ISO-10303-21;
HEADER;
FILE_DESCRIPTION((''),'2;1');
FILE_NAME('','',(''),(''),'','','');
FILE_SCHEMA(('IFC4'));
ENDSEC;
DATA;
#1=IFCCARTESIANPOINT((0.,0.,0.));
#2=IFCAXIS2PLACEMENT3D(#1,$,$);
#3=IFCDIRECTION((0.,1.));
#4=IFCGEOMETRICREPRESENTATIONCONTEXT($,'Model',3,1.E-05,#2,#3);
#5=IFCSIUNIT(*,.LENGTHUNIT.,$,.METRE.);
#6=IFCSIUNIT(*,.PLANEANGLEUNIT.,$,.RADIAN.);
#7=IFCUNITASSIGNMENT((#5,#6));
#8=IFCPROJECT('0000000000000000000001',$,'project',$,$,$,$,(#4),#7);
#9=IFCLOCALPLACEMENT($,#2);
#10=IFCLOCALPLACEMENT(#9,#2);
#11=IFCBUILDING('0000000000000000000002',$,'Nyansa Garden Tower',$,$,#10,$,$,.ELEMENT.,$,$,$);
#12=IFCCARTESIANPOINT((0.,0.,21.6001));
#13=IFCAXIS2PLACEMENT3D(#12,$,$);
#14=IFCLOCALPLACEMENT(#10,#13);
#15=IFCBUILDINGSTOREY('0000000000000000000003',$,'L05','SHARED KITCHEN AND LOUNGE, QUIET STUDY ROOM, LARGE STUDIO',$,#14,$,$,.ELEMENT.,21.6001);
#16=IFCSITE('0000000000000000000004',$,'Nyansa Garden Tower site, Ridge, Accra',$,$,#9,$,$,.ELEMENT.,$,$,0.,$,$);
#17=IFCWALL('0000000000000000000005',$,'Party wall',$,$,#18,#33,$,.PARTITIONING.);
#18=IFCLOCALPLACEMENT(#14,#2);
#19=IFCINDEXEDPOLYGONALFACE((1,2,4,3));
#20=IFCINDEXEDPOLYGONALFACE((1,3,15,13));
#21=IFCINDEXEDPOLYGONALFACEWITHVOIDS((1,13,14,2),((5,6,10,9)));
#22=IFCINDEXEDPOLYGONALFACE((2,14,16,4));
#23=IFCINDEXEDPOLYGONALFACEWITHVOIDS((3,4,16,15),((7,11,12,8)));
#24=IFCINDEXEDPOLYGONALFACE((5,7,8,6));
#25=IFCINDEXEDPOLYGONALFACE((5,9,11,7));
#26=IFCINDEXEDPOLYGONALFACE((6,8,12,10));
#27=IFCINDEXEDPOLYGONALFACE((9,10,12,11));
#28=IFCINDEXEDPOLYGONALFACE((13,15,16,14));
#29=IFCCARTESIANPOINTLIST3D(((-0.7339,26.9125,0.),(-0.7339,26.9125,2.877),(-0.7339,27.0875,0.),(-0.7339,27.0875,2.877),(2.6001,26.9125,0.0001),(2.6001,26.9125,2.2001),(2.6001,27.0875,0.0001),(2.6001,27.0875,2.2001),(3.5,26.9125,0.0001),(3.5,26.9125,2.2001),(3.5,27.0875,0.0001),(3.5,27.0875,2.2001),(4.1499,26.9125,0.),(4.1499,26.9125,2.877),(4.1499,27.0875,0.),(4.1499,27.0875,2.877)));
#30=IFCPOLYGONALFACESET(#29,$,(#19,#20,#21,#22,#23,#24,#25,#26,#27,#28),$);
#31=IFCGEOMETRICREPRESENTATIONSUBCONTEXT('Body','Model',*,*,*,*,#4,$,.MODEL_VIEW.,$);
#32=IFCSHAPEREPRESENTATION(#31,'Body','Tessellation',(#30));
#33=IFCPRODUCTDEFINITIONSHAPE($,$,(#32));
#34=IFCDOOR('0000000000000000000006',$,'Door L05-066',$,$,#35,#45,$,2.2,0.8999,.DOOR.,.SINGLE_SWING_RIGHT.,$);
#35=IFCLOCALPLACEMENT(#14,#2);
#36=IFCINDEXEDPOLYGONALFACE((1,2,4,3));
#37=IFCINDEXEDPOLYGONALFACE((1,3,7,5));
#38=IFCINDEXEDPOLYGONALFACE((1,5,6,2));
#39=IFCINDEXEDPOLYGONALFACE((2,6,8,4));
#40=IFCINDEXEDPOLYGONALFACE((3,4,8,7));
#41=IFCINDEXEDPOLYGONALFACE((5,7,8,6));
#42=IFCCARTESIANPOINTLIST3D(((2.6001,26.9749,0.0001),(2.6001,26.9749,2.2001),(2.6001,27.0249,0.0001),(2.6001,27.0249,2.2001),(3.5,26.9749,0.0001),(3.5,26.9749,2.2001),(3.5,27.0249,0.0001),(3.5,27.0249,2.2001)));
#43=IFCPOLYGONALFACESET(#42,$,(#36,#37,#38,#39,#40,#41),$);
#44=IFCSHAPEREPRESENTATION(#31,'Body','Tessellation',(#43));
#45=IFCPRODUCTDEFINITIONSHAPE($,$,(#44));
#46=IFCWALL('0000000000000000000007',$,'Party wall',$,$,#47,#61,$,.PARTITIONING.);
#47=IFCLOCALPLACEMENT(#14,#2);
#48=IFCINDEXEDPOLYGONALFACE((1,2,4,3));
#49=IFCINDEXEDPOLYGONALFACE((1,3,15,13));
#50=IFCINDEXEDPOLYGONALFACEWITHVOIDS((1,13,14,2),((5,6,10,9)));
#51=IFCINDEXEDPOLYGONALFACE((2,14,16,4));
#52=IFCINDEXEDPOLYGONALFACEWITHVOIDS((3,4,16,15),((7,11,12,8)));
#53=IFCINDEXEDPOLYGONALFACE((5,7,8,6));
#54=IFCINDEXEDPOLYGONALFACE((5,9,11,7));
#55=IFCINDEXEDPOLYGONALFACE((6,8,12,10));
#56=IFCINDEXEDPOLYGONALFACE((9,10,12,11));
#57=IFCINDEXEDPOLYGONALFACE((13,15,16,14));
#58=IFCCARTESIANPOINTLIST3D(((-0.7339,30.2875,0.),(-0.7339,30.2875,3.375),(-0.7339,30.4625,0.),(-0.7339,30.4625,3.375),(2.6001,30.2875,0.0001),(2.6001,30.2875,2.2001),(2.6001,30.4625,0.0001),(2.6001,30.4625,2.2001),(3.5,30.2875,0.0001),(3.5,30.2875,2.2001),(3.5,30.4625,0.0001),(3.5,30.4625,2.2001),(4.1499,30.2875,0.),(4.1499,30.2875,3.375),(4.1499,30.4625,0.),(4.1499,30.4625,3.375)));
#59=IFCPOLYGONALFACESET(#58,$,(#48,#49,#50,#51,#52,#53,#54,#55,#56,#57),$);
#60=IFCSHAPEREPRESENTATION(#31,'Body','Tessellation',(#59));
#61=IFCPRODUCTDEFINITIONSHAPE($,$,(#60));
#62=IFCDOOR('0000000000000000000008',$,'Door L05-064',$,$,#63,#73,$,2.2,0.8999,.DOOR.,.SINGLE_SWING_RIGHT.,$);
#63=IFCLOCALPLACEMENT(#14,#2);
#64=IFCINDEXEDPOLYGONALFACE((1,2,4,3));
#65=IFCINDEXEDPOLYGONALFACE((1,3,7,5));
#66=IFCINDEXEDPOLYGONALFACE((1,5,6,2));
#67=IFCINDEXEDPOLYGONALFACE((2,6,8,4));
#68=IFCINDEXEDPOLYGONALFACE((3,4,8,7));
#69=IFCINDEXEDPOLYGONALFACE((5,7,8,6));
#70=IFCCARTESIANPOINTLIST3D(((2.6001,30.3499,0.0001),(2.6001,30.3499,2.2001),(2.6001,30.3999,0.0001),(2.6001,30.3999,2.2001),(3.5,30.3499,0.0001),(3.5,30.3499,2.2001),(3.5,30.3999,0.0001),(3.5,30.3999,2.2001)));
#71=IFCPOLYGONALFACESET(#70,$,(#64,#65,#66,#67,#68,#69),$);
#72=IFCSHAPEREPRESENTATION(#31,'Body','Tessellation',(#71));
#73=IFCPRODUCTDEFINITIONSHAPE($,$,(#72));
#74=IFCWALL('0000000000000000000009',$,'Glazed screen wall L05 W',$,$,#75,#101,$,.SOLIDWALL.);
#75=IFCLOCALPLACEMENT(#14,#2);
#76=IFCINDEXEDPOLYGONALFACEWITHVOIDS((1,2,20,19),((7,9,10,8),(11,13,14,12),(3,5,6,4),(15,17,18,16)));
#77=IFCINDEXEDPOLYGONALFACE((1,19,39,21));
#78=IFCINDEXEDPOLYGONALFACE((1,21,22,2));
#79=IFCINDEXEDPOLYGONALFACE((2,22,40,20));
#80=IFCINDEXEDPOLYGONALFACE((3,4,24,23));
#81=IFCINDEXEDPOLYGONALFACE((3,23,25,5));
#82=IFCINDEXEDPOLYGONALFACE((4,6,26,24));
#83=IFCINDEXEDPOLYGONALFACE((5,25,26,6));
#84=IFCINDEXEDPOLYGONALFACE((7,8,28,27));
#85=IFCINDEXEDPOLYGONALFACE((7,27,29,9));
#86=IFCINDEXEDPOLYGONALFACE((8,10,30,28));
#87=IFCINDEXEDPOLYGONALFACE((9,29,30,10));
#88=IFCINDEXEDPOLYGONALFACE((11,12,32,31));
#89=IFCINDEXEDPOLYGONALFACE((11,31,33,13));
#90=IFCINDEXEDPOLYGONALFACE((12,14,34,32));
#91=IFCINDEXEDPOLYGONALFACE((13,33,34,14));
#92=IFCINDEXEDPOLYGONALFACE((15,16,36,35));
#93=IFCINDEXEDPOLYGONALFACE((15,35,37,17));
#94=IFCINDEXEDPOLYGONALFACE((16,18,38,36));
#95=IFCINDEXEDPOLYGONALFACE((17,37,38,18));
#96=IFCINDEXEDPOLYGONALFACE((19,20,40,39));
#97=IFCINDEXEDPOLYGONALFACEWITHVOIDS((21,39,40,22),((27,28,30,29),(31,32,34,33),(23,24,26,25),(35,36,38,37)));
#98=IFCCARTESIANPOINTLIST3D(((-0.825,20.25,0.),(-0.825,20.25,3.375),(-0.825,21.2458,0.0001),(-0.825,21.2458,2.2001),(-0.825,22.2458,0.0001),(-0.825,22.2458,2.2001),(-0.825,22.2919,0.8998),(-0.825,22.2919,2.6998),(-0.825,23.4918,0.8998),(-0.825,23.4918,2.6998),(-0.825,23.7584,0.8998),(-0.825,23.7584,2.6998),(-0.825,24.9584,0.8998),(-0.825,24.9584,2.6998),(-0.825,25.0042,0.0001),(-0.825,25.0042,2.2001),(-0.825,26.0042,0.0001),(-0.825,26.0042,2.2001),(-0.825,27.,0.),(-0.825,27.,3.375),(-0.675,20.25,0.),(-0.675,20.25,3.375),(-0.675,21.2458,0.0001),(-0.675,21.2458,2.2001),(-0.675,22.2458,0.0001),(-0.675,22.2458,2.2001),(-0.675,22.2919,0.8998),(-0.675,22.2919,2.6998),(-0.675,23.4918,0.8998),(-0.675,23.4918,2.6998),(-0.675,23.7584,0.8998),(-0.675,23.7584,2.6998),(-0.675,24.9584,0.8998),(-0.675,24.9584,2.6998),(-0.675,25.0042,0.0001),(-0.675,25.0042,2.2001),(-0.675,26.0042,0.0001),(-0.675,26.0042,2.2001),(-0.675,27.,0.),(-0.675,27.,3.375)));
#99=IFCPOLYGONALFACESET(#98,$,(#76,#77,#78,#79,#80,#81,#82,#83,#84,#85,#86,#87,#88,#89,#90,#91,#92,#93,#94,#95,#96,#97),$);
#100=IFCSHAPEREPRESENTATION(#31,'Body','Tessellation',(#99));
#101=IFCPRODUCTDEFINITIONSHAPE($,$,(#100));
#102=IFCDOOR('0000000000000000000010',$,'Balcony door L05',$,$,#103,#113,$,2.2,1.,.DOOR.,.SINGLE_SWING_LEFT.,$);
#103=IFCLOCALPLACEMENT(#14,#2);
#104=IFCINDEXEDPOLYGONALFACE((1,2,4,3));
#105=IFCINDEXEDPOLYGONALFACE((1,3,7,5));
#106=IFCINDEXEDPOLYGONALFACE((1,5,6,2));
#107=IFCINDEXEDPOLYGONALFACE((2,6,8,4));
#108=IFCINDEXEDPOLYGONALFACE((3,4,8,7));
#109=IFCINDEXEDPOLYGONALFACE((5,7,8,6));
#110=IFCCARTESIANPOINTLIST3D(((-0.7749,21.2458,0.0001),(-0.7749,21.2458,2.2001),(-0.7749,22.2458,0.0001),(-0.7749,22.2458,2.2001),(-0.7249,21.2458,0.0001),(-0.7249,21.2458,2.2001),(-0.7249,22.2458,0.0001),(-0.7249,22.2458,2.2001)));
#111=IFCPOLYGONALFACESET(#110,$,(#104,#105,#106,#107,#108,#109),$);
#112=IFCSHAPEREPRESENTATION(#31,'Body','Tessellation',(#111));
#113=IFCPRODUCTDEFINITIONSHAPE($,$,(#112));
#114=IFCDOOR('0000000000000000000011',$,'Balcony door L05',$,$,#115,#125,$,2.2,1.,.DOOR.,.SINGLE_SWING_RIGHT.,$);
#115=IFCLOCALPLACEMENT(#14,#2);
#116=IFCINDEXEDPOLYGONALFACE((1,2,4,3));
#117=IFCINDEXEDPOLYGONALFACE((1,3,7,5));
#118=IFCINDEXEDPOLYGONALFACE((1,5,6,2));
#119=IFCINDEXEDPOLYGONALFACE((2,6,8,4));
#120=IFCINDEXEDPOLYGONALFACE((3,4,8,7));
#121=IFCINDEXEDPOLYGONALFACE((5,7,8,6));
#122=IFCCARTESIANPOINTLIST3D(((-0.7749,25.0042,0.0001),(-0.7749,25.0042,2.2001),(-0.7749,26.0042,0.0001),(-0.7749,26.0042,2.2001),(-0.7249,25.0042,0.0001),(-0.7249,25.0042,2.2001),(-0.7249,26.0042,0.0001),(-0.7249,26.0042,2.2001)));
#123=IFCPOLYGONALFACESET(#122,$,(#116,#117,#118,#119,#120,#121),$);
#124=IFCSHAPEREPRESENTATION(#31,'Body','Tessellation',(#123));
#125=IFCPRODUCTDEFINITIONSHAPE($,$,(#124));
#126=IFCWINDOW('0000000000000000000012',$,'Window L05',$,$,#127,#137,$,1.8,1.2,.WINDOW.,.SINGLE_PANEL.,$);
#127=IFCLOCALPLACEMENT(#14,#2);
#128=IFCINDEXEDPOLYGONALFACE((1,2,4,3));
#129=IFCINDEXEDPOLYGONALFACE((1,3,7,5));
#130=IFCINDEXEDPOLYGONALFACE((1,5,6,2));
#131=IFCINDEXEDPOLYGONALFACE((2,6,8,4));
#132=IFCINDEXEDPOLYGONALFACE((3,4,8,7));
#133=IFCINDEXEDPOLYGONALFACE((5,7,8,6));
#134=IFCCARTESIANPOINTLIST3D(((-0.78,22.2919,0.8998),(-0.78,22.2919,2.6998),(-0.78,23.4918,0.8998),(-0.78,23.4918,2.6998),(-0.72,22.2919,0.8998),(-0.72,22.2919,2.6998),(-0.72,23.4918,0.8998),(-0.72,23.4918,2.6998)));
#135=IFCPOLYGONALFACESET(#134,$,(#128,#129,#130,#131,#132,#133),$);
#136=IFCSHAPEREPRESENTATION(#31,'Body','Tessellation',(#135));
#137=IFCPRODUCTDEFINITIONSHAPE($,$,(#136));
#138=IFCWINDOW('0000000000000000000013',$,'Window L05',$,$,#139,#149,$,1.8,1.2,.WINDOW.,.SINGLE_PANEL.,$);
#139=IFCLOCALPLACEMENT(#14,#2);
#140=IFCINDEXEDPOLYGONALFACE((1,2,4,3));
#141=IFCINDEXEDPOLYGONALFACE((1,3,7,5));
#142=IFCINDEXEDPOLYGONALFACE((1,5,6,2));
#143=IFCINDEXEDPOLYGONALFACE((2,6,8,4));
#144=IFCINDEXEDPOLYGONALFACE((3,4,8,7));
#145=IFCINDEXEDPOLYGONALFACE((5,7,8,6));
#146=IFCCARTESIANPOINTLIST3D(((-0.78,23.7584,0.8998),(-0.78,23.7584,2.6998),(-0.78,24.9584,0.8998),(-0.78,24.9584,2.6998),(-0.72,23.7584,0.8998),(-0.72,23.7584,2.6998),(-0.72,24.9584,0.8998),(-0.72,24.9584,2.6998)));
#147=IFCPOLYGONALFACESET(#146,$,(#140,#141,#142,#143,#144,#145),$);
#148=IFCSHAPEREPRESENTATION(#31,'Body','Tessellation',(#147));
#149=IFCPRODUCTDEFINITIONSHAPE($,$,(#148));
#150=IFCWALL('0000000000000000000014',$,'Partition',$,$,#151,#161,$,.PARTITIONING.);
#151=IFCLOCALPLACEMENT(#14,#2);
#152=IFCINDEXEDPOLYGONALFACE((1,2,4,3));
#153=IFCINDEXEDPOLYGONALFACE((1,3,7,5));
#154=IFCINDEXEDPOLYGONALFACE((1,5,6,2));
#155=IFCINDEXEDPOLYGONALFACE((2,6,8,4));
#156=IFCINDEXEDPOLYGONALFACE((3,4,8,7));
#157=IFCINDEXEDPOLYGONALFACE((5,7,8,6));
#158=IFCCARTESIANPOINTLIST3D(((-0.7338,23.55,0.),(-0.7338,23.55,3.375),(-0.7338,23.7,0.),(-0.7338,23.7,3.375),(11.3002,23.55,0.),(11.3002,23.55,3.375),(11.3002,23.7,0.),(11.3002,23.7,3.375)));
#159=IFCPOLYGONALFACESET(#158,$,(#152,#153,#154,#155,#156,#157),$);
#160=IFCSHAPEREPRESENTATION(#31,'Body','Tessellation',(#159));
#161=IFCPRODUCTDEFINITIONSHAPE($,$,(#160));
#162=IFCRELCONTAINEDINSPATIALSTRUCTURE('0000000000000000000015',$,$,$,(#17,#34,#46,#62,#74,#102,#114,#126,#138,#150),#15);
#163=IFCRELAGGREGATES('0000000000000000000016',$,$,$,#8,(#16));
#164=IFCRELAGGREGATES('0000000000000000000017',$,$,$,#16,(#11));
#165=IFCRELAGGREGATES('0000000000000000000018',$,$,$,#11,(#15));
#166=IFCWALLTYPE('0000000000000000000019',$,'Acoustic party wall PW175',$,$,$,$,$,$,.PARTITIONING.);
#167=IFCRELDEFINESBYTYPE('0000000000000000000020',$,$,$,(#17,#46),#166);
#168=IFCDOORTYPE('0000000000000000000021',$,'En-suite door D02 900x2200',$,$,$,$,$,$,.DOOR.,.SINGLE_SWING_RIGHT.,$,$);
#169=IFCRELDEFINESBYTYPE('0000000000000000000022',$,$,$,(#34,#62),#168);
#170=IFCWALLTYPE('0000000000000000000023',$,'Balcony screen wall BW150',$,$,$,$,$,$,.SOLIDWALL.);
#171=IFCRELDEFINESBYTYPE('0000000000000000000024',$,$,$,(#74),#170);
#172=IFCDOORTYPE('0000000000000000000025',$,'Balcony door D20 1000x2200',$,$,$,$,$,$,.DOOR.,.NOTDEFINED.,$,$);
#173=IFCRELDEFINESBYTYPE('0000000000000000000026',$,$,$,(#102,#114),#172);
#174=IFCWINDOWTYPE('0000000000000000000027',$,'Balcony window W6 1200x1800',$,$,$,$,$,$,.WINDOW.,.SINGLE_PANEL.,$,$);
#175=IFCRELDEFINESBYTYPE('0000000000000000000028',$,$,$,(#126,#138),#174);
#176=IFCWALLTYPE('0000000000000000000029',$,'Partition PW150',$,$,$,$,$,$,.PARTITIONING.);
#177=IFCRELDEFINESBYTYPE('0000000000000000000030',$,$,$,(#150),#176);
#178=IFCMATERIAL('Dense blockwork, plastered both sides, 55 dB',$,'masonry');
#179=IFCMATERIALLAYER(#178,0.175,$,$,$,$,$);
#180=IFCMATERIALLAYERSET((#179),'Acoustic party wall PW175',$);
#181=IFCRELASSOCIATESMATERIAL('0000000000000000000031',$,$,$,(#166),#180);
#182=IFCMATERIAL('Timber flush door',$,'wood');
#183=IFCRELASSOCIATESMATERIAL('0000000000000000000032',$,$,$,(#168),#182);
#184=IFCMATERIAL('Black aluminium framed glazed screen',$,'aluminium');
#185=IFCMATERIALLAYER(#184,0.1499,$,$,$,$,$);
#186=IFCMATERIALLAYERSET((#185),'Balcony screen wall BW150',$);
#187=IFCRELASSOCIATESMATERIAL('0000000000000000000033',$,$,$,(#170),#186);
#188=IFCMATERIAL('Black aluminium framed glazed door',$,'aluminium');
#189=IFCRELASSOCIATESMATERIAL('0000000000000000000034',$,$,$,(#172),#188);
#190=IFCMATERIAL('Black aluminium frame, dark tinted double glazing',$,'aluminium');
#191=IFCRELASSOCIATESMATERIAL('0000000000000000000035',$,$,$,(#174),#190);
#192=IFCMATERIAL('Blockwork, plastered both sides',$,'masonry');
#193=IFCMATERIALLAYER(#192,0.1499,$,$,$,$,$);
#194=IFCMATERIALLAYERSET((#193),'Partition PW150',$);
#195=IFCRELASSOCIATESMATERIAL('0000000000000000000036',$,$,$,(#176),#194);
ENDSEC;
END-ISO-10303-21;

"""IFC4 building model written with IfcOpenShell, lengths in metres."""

from ifc_helpers import new_model, si_unit, direction, frame, frame_2d, origin, place, context, subcontext, project, spatial, rectangle, extrude, material, layer, layer_set, type_object, element, fill, save


model = new_model("IFC4")

# Units and contexts
model_context = context("Model", 3, precision=1e-05, world=origin(), true_north=direction((0.0, 1.0)))
body_context = subcontext(model_context, "Body", "Model", "MODEL_VIEW")
ifc_project = project(units=[si_unit("LENGTHUNIT", "METRE"), si_unit("PLANEANGLEUNIT", "RADIAN")], contexts=[model_context])

# Site, building, storey
site_placement = place(None, origin())
site = spatial("IfcSite", under=ifc_project, at=site_placement, Name="Nyansa Garden Tower site, Ridge, Accra", CompositionType="ELEMENT", RefElevation=0.0)
building_placement = place(site_placement, origin())
building = spatial("IfcBuilding", under=site, at=building_placement, Name="Nyansa Garden Tower", CompositionType="ELEMENT")
storey_placement = place(building_placement, frame((0.0, 0.0, 21.6001)))
storey = spatial("IfcBuildingStorey", under=building, at=storey_placement, Name="L05", Description="SHARED KITCHEN AND LOUNGE, QUIET STUDY ROOM, LARGE STUDIO", CompositionType="ELEMENT", Elevation=21.6001)

# Walls, openings, doors
ifc_material_1 = material(Name="Dense blockwork, plastered both sides, 55 dB", Category="masonry")
ifc_layer_1 = layer(ifc_material_1, 0.175)
ifc_layer_set_1 = layer_set([ifc_layer_1], Name="Acoustic party wall PW175")
wall_type_1 = type_object("IfcWallType", Name="Acoustic party wall PW175", PredefinedType="PARTITIONING", material=ifc_layer_set_1)
ifc_material_2 = material(Name="Timber flush door", Category="wood")
door_type_1 = type_object("IfcDoorType", Name="En-suite door D02 900x2200", OperationType="SINGLE_SWING_RIGHT", PredefinedType="DOOR", material=ifc_material_2)
wall_1_placement = place(storey_placement, frame((-0.7339, 27.0, 0.0), z_axis=(0.0, 0.0, 1.0), x_axis=(1.0, 0.0, 0.0)))
wall_1 = element("IfcWall", 1, at=wall_1_placement, inside=storey, type_object=wall_type_1, Name="Party wall", PredefinedType="PARTITIONING", context=body_context, shape_type="SweptSolid", body=[
    extrude(rectangle(XDim=4.8838, YDim=0.175, at=frame_2d((2.4419, 0.0))), origin(), (0.0, 0.0, 1.0), 2.877),
])
opening_1_placement = place(wall_1_placement, frame((3.334, 0.0, 0.0)))
opening_1 = element("IfcOpeningElement", 2, at=opening_1_placement, cuts=wall_1, PredefinedType="OPENING", context=body_context, shape_type="SweptSolid", body=[
    extrude(rectangle(XDim=0.8999, YDim=2.2, at=frame_2d((0.45, 1.1001))), frame((0.0, 0.0974, 0.0), z_axis=(0.0, -1.0, 0.0), x_axis=(1.0, 0.0, 0.0)), (0.0, 0.0, 1.0), 0.1951),
])
door_1_placement = place(opening_1_placement, origin())
door_1 = element("IfcDoor", 3, at=door_1_placement, inside=storey, type_object=door_type_1, Name="Door L05-066", OperationType="SINGLE_SWING_RIGHT", OverallHeight=2.2, OverallWidth=0.8999, PredefinedType="DOOR", context=body_context, shape_type="SweptSolid", body=[
    extrude(rectangle(XDim=0.8999, YDim=2.2, at=frame_2d((0.45, 1.1001))), frame((0.0, 0.0249, 0.0), z_axis=(0.0, -1.0, 0.0), x_axis=(1.0, 0.0, 0.0)), (0.0, 0.0, 1.0), 0.05),
])
fill(opening_1, door_1)
wall_2_placement = place(storey_placement, frame((-0.7339, 30.375, 0.0), z_axis=(0.0, 0.0, 1.0), x_axis=(1.0, 0.0, 0.0)))
wall_2 = element("IfcWall", 4, at=wall_2_placement, inside=storey, type_object=wall_type_1, Name="Party wall", PredefinedType="PARTITIONING", context=body_context, shape_type="SweptSolid", body=[
    extrude(rectangle(XDim=4.8838, YDim=0.175, at=frame_2d((2.4419, 0.0))), origin(), (0.0, 0.0, 1.0), 3.375),
])
opening_2_placement = place(wall_2_placement, frame((3.334, 0.0, 0.0)))
opening_2 = element("IfcOpeningElement", 5, at=opening_2_placement, cuts=wall_2, PredefinedType="OPENING", context=body_context, shape_type="SweptSolid", body=[
    extrude(rectangle(XDim=0.8999, YDim=2.2, at=frame_2d((0.45, 1.1001))), frame((0.0, 0.0974, 0.0), z_axis=(0.0, -1.0, 0.0), x_axis=(1.0, 0.0, 0.0)), (0.0, 0.0, 1.0), 0.1951),
])
door_2_placement = place(opening_2_placement, origin())
door_2 = element("IfcDoor", 6, at=door_2_placement, inside=storey, type_object=door_type_1, Name="Door L05-064", OperationType="SINGLE_SWING_RIGHT", OverallHeight=2.2, OverallWidth=0.8999, PredefinedType="DOOR", context=body_context, shape_type="SweptSolid", body=[
    extrude(rectangle(XDim=0.8999, YDim=2.2, at=frame_2d((0.45, 1.1001))), frame((0.0, 0.0249, 0.0), z_axis=(0.0, -1.0, 0.0), x_axis=(1.0, 0.0, 0.0)), (0.0, 0.0, 1.0), 0.05),
])
fill(opening_2, door_2)

# Wall, openings, doors, windows
ifc_material_3 = material(Name="Black aluminium framed glazed screen", Category="aluminium")
ifc_layer_2 = layer(ifc_material_3, 0.1499)
ifc_layer_set_2 = layer_set([ifc_layer_2], Name="Balcony screen wall BW150")
wall_type_2 = type_object("IfcWallType", Name="Balcony screen wall BW150", PredefinedType="SOLIDWALL", material=ifc_layer_set_2)
wall_3_placement = place(storey_placement, frame((-0.75, 20.25, 0.0), z_axis=(0.0, 0.0, 1.0), x_axis=(0.0, 1.0, 0.0)))
wall_3 = element("IfcWall", 7, at=wall_3_placement, inside=storey, type_object=wall_type_2, Name="Glazed screen wall L05 W", PredefinedType="SOLIDWALL", context=body_context, shape_type="SweptSolid", body=[
    extrude(rectangle(XDim=6.75, YDim=0.1499, at=frame_2d((3.375, 0.0))), origin(), (0.0, 0.0, 1.0), 3.375),
])
opening_3_placement = place(wall_3_placement, frame((0.9958, 0.0, 0.0)))
opening_3 = element("IfcOpeningElement", 8, at=opening_3_placement, cuts=wall_3, PredefinedType="OPENING", context=body_context, shape_type="SweptSolid", body=[
    extrude(rectangle(XDim=1.0, YDim=2.2, at=frame_2d((0.5, 1.1001))), frame((0.0, 0.085, 0.0), z_axis=(0.0, -1.0, 0.0), x_axis=(1.0, 0.0, 0.0)), (0.0, 0.0, 1.0), 0.1699),
])
opening_4_placement = place(wall_3_placement, frame((2.0417, 0.0, 0.8999)))
opening_4 = element("IfcOpeningElement", 9, at=opening_4_placement, cuts=wall_3, PredefinedType="OPENING", context=body_context, shape_type="SweptSolid", body=[
    extrude(rectangle(XDim=1.2, YDim=1.8, at=frame_2d((0.6001, 0.8999))), frame((0.0, 0.085, 0.0), z_axis=(0.0, -1.0, 0.0), x_axis=(1.0, 0.0, 0.0)), (0.0, 0.0, 1.0), 0.1699),
])
opening_5_placement = place(wall_3_placement, frame((4.7542, 0.0, 0.0)))
opening_5 = element("IfcOpeningElement", 10, at=opening_5_placement, cuts=wall_3, PredefinedType="OPENING", context=body_context, shape_type="SweptSolid", body=[
    extrude(rectangle(XDim=1.0, YDim=2.2, at=frame_2d((0.5, 1.1001))), frame((0.0, 0.085, 0.0), z_axis=(0.0, -1.0, 0.0), x_axis=(1.0, 0.0, 0.0)), (0.0, 0.0, 1.0), 0.1699),
])
opening_6_placement = place(wall_3_placement, frame((3.5083, 0.0, 0.8999)))
opening_6 = element("IfcOpeningElement", 11, at=opening_6_placement, cuts=wall_3, PredefinedType="OPENING", context=body_context, shape_type="SweptSolid", body=[
    extrude(rectangle(XDim=1.2, YDim=1.8, at=frame_2d((0.6001, 0.8999))), frame((0.0, 0.085, 0.0), z_axis=(0.0, -1.0, 0.0), x_axis=(1.0, 0.0, 0.0)), (0.0, 0.0, 1.0), 0.1699),
])
ifc_material_4 = material(Name="Black aluminium framed glazed door", Category="aluminium")
door_type_2 = type_object("IfcDoorType", Name="Balcony door D20 1000x2200", OperationType="NOTDEFINED", PredefinedType="DOOR", material=ifc_material_4)
door_3_placement = place(opening_3_placement, origin())
door_3 = element("IfcDoor", 12, at=door_3_placement, inside=storey, type_object=door_type_2, Name="Balcony door L05", OperationType="SINGLE_SWING_LEFT", OverallHeight=2.2, OverallWidth=1.0, PredefinedType="DOOR", context=body_context, shape_type="SweptSolid", body=[
    extrude(rectangle(XDim=1.0, YDim=2.2, at=frame_2d((0.5, 1.1001))), frame((0.0, 0.0249, 0.0), z_axis=(0.0, -1.0, 0.0), x_axis=(1.0, 0.0, 0.0)), (0.0, 0.0, 1.0), 0.05),
])
fill(opening_3, door_3)
door_4_placement = place(opening_5_placement, origin())
door_4 = element("IfcDoor", 13, at=door_4_placement, inside=storey, type_object=door_type_2, Name="Balcony door L05", OperationType="SINGLE_SWING_RIGHT", OverallHeight=2.2, OverallWidth=1.0, PredefinedType="DOOR", context=body_context, shape_type="SweptSolid", body=[
    extrude(rectangle(XDim=1.0, YDim=2.2, at=frame_2d((0.5, 1.1001))), frame((0.0, 0.0249, 0.0), z_axis=(0.0, -1.0, 0.0), x_axis=(1.0, 0.0, 0.0)), (0.0, 0.0, 1.0), 0.05),
])
fill(opening_5, door_4)
ifc_material_5 = material(Name="Black aluminium frame, dark tinted double glazing", Category="aluminium")
window_type = type_object("IfcWindowType", Name="Balcony window W6 1200x1800", PartitioningType="SINGLE_PANEL", PredefinedType="WINDOW", material=ifc_material_5)
window_1_placement = place(opening_4_placement, origin())
window_1 = element("IfcWindow", 14, at=window_1_placement, inside=storey, type_object=window_type, Name="Window L05", OverallHeight=1.8, OverallWidth=1.2, PartitioningType="SINGLE_PANEL", PredefinedType="WINDOW", context=body_context, shape_type="SweptSolid", body=[
    extrude(rectangle(XDim=1.2, YDim=1.8, at=frame_2d((0.6001, 0.8999))), frame((0.0, 0.03, 0.0), z_axis=(0.0, -1.0, 0.0), x_axis=(1.0, 0.0, 0.0)), (0.0, 0.0, 1.0), 0.0601),
])
fill(opening_4, window_1)
window_2_placement = place(opening_6_placement, origin())
window_2 = element("IfcWindow", 15, at=window_2_placement, inside=storey, type_object=window_type, Name="Window L05", OverallHeight=1.8, OverallWidth=1.2, PartitioningType="SINGLE_PANEL", PredefinedType="WINDOW", context=body_context, shape_type="SweptSolid", body=[
    extrude(rectangle(XDim=1.2, YDim=1.8, at=frame_2d((0.6001, 0.8999))), frame((0.0, 0.03, 0.0), z_axis=(0.0, -1.0, 0.0), x_axis=(1.0, 0.0, 0.0)), (0.0, 0.0, 1.0), 0.0601),
])
fill(opening_6, window_2)

# Wall
ifc_material_6 = material(Name="Blockwork, plastered both sides", Category="masonry")
ifc_layer_3 = layer(ifc_material_6, 0.1499)
ifc_layer_set_3 = layer_set([ifc_layer_3], Name="Partition PW150")
wall_type_3 = type_object("IfcWallType", Name="Partition PW150", PredefinedType="PARTITIONING", material=ifc_layer_set_3)
wall_4_placement = place(storey_placement, frame((-0.7339, 23.625, 0.0), z_axis=(0.0, 0.0, 1.0), x_axis=(1.0, 0.0, 0.0)))
element("IfcWall", 16, at=wall_4_placement, inside=storey, type_object=wall_type_3, Name="Partition", PredefinedType="PARTITIONING", context=body_context, shape_type="SweptSolid", body=[
    extrude(rectangle(XDim=12.0339, YDim=0.1499, at=frame_2d((6.0171, 0.0))), origin(), (0.0, 0.0, 1.0), 3.375),
])

save(model, "model.ifc")
